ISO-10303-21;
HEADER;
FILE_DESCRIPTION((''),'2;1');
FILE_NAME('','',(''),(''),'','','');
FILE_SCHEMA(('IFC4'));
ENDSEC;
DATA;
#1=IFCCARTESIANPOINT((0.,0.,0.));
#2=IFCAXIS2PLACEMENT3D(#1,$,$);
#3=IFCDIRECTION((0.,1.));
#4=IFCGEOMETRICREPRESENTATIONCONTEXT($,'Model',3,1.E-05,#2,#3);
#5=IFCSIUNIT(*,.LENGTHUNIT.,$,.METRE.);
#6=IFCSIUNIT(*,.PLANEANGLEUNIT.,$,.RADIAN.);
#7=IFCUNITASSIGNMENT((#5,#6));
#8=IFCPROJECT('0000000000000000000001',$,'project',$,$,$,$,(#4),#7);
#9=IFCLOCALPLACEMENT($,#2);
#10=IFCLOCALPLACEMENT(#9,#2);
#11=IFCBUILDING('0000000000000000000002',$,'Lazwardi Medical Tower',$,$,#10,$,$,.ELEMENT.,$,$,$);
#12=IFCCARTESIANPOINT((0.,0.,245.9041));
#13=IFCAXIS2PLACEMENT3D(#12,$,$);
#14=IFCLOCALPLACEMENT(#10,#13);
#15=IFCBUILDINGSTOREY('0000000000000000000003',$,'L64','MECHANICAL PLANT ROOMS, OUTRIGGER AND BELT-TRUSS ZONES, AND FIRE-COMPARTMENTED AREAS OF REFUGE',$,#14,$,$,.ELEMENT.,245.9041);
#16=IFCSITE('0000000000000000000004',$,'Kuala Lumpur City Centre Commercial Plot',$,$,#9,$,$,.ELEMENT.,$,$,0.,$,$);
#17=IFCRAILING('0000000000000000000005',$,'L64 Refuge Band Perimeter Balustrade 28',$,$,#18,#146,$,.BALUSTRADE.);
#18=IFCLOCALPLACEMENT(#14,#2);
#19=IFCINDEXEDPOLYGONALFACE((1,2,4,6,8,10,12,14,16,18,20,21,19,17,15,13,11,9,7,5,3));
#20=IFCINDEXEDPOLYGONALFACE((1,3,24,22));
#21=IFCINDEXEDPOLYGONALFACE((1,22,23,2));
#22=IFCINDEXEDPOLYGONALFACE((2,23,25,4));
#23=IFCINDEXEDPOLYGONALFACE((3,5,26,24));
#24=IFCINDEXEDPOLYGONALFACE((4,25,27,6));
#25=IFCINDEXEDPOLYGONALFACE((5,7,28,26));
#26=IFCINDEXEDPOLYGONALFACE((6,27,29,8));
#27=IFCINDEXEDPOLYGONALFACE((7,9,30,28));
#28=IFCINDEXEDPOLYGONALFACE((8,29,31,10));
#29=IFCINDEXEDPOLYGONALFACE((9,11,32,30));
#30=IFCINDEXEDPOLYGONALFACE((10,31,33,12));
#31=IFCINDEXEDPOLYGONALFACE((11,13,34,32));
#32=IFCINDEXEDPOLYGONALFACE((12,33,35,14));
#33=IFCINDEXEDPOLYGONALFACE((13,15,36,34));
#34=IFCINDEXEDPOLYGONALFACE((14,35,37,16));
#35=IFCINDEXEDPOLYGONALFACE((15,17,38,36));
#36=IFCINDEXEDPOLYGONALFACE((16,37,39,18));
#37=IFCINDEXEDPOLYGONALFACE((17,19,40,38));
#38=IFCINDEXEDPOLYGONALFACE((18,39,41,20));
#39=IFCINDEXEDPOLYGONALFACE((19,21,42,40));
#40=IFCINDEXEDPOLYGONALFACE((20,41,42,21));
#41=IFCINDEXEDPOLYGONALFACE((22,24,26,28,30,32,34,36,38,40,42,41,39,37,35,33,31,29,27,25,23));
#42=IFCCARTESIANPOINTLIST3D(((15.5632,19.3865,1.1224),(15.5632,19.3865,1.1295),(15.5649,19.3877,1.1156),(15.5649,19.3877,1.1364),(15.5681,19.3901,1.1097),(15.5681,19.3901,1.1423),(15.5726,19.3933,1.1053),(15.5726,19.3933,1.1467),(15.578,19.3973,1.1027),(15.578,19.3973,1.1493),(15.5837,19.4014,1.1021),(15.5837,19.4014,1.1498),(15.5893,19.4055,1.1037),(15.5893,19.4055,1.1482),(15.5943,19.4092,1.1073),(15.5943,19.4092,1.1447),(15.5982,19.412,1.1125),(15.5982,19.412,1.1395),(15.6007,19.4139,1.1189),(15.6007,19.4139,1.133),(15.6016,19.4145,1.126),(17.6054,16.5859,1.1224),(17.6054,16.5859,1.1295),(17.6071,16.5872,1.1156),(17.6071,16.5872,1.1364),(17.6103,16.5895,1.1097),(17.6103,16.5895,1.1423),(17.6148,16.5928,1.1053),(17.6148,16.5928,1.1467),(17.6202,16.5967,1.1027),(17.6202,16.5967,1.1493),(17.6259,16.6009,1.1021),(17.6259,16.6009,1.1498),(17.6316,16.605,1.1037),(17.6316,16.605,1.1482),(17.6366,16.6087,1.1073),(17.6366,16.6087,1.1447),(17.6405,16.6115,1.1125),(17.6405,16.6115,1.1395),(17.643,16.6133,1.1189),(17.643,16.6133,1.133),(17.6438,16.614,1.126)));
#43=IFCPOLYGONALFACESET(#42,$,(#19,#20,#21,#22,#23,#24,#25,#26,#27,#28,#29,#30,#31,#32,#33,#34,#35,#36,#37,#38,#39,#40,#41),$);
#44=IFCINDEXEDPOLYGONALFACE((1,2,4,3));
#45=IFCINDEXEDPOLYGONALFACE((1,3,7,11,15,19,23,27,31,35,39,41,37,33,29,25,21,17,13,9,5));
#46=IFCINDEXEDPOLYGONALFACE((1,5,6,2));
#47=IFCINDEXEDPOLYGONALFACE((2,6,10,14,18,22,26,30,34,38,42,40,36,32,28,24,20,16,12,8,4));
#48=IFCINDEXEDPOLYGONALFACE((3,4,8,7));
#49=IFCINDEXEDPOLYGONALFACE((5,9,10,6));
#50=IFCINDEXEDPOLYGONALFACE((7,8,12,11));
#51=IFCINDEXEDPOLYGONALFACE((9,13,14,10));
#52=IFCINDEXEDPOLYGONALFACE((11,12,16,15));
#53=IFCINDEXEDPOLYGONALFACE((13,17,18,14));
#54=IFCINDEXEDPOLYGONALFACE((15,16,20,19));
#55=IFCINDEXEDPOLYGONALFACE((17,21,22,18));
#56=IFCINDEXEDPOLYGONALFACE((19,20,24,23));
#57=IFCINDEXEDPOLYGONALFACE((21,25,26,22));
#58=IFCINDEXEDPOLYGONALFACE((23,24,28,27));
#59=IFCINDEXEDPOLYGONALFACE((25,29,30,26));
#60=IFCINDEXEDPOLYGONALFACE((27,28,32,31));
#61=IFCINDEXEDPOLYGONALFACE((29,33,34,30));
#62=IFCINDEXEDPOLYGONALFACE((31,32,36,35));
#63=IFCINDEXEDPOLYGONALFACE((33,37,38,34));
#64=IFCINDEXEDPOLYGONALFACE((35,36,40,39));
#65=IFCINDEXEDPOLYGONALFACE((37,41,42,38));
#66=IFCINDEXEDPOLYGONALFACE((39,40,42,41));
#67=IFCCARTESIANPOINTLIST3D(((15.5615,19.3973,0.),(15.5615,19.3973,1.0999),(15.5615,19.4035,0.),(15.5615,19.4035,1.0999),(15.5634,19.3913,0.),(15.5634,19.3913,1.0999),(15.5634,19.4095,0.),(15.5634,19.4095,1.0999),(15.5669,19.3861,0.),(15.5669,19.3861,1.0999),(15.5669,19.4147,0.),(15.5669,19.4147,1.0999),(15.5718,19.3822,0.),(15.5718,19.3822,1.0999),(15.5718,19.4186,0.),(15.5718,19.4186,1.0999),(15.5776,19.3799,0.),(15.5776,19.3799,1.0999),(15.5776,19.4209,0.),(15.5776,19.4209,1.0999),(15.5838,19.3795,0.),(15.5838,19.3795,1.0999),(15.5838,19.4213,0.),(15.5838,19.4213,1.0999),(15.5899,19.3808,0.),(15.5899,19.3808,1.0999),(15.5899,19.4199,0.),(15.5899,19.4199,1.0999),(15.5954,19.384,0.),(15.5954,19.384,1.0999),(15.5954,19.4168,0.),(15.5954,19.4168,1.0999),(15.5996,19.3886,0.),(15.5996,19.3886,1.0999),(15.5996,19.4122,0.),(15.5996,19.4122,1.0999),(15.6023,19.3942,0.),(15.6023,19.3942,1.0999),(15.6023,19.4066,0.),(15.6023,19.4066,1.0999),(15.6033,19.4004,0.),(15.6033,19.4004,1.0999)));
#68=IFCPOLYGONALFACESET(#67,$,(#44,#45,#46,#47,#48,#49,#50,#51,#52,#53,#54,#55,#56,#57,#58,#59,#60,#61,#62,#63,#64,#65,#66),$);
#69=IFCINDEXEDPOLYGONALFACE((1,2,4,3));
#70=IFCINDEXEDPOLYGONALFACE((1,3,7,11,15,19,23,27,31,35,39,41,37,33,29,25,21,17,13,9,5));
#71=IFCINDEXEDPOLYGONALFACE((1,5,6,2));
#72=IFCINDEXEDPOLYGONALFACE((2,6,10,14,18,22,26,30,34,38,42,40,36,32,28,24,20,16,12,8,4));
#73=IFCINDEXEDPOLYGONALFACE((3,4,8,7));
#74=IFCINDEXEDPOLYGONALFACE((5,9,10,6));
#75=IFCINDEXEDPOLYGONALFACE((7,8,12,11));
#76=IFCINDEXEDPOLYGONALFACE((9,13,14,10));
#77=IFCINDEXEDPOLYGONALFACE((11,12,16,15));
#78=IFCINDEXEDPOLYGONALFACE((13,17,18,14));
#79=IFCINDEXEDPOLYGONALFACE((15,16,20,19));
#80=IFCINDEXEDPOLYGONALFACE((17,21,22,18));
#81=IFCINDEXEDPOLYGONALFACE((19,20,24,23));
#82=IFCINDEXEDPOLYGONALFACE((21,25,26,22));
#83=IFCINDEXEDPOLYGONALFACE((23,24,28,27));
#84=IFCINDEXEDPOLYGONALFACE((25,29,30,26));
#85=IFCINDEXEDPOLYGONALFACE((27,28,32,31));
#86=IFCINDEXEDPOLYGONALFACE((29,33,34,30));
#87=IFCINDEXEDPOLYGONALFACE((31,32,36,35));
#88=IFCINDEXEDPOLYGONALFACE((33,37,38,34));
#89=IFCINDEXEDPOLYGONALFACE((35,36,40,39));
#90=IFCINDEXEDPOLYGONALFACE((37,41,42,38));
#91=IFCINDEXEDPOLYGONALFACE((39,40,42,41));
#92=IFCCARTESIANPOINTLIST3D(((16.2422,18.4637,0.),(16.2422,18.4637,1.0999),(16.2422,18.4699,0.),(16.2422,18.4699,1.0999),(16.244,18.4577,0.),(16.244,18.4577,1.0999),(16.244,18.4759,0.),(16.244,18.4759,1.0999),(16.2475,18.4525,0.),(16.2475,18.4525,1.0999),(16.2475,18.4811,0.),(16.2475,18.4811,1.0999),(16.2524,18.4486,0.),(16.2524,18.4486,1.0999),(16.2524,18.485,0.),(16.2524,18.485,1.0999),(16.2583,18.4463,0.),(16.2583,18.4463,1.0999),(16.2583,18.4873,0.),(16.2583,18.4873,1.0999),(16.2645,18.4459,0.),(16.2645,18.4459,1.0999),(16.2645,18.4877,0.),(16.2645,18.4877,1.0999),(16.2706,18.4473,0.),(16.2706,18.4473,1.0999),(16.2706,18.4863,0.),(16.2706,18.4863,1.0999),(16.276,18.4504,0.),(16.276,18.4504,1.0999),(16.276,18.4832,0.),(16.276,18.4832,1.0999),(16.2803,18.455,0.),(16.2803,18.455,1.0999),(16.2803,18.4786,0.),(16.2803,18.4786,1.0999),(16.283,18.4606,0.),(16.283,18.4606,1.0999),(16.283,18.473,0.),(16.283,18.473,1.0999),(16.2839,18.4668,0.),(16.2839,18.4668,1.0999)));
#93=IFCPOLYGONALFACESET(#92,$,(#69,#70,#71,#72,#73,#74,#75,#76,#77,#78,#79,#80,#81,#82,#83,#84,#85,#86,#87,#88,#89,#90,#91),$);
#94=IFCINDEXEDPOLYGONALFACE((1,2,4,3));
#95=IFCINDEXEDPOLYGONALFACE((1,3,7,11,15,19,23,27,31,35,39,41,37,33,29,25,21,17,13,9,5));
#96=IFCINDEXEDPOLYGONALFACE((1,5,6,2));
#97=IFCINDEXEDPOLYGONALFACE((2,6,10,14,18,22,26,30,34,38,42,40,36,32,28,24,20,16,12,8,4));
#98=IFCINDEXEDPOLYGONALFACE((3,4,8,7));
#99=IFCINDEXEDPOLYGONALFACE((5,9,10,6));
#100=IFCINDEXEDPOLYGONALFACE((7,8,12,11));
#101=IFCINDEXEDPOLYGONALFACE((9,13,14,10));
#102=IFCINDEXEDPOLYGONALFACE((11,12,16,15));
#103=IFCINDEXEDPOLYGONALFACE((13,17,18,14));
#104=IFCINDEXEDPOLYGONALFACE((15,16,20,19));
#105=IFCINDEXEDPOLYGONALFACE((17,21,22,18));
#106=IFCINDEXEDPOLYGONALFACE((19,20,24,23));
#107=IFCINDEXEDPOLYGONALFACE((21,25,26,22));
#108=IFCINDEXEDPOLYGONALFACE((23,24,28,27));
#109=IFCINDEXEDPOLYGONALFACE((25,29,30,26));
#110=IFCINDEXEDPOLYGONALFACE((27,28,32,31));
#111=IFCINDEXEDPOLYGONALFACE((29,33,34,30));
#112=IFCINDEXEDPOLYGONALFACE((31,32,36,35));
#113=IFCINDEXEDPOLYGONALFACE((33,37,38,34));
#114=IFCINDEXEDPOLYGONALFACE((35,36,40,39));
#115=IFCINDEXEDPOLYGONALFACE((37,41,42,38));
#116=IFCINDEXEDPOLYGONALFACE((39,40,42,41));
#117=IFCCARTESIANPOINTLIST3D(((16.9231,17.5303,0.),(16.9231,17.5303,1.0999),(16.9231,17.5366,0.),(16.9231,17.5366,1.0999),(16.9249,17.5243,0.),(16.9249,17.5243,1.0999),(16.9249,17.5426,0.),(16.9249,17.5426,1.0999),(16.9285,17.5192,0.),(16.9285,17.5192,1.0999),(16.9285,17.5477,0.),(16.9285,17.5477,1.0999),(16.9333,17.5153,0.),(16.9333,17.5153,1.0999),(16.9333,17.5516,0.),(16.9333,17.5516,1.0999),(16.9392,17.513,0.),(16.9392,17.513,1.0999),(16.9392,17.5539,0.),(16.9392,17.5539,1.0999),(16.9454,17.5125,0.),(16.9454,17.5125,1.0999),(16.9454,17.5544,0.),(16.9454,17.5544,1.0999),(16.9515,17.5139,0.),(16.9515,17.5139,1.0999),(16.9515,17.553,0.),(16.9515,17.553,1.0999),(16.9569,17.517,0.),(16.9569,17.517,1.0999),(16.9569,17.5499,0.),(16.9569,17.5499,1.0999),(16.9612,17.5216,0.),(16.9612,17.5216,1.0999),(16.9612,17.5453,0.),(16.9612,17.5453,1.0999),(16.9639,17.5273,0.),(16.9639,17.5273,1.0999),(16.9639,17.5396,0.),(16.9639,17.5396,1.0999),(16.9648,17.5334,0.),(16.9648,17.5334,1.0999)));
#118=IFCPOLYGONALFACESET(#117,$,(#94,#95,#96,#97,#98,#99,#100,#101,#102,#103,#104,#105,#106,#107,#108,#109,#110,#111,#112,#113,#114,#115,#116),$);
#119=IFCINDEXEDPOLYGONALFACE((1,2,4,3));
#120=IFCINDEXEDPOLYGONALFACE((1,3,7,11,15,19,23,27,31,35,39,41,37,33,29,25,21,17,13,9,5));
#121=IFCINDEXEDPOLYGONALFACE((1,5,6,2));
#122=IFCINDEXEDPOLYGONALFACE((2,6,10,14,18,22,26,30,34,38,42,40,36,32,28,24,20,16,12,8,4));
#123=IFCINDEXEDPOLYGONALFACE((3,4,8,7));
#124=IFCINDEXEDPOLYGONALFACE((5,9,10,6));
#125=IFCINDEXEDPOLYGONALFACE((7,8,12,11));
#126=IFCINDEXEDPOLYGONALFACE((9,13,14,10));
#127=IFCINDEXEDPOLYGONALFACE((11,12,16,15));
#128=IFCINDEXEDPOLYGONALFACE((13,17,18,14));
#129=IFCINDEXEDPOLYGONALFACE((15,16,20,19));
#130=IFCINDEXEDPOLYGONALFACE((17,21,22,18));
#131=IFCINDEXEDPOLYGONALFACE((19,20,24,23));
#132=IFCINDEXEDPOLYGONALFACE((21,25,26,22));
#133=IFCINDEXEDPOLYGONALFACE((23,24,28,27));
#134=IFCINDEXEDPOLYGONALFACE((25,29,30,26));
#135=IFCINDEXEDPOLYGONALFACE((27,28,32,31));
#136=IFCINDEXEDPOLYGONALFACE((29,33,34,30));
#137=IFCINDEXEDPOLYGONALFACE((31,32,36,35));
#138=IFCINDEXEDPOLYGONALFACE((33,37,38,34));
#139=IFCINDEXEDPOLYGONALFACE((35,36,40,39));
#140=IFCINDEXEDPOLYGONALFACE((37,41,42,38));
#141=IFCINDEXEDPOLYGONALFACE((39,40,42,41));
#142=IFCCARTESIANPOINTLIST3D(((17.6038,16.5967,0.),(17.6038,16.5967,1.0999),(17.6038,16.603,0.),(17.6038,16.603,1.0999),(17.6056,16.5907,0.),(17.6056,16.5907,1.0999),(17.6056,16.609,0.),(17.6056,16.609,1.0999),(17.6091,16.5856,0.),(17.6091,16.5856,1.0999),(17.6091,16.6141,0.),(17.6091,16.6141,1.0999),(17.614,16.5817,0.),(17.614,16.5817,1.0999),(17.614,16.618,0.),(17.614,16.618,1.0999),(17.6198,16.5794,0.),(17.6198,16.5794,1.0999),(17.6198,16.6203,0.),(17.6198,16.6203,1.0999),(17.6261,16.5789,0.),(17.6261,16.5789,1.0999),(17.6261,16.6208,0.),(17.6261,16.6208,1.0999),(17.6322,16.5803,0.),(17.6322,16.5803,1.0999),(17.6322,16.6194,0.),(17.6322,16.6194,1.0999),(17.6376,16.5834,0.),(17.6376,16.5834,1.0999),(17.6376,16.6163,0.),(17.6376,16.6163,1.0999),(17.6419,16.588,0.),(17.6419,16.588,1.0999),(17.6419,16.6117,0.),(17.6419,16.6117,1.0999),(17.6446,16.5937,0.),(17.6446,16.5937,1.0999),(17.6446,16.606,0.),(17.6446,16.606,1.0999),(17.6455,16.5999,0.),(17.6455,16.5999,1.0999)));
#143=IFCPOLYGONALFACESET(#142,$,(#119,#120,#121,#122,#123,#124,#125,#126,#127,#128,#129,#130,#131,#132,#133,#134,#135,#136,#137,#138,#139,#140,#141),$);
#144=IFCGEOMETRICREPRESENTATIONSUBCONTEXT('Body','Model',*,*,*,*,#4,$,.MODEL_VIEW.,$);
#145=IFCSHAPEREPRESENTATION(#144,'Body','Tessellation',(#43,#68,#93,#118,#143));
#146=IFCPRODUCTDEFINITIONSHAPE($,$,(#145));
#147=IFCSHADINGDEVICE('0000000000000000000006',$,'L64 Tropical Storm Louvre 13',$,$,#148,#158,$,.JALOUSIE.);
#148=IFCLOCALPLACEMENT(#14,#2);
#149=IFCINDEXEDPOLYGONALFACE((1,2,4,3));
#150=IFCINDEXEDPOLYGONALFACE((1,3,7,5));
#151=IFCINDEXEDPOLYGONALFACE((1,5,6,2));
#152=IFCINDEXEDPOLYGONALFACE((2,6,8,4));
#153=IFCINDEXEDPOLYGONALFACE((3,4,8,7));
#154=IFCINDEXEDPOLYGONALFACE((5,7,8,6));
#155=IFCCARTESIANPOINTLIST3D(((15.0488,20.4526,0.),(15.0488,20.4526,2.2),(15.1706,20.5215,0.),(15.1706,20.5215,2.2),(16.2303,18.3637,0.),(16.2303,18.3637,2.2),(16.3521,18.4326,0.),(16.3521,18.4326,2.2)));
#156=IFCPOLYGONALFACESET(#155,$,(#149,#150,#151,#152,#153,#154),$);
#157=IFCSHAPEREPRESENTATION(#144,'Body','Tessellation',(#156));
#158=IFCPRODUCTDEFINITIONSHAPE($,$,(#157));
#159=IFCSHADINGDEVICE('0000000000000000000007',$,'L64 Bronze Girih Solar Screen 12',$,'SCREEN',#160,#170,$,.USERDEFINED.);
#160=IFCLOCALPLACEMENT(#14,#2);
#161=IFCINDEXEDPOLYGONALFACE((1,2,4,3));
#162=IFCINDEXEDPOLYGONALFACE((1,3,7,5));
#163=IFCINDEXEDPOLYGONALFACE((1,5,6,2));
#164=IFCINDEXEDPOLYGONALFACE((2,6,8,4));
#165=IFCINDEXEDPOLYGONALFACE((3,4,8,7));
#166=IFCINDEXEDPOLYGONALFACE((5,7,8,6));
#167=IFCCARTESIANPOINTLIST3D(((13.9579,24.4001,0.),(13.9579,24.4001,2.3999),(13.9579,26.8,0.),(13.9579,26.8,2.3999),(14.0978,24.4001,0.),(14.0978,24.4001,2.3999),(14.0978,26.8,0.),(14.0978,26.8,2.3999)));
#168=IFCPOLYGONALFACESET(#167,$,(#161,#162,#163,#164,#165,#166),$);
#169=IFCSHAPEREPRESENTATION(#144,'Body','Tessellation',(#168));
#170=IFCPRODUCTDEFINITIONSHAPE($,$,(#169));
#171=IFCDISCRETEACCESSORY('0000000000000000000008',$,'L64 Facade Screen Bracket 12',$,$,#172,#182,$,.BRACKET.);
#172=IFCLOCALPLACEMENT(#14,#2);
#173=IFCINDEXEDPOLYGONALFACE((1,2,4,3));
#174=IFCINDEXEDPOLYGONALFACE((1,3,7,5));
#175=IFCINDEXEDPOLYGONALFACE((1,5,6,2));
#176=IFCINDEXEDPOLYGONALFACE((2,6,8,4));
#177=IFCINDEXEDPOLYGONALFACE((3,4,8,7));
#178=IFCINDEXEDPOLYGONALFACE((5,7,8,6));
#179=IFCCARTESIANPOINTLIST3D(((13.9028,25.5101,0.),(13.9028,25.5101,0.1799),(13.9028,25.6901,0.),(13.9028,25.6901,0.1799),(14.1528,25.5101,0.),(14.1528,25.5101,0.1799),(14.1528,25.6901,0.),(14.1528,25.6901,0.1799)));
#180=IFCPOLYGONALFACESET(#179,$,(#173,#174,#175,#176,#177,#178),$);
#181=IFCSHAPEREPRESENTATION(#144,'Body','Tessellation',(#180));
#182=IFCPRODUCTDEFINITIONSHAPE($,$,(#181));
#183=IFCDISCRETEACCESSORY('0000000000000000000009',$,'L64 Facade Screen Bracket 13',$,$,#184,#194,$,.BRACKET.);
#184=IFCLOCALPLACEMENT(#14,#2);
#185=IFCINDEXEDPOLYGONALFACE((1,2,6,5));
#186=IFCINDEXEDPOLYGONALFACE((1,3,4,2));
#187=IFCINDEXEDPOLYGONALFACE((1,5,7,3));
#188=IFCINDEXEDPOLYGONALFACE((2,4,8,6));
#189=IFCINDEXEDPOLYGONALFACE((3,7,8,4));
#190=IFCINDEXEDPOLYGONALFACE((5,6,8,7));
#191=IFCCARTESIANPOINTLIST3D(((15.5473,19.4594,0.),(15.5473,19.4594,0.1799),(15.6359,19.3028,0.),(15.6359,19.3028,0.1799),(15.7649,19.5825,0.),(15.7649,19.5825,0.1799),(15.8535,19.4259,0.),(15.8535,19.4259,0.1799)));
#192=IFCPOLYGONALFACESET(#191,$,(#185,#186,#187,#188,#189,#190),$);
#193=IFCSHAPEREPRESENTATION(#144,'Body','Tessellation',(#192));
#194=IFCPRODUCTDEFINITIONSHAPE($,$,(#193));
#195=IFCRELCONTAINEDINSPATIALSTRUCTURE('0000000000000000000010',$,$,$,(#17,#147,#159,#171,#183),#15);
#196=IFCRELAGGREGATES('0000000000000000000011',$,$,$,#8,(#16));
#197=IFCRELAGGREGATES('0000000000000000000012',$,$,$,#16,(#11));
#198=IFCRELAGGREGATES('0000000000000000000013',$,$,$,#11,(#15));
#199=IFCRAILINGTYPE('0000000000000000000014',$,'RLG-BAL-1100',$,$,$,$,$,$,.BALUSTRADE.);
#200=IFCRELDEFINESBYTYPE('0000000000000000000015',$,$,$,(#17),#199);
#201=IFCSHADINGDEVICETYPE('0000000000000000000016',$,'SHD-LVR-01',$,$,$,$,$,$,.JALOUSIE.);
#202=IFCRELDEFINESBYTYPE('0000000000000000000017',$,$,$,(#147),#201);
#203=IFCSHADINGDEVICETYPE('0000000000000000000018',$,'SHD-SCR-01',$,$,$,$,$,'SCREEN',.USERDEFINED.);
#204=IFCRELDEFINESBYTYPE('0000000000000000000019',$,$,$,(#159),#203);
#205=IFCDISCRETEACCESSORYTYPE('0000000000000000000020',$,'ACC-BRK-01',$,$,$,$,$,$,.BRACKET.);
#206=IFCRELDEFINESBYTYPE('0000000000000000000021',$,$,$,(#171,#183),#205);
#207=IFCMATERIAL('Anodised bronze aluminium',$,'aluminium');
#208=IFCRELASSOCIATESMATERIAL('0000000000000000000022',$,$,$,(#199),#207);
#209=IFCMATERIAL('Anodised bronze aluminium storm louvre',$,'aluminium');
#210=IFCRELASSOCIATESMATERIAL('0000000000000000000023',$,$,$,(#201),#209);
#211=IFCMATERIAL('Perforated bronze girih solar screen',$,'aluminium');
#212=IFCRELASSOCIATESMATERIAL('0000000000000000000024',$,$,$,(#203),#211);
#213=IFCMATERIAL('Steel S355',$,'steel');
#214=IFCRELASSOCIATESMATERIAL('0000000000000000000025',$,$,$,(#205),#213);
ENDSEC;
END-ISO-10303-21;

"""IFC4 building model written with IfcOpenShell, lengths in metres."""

from ifc_helpers import new_model, si_unit, direction, frame, origin, origin_2d, place, context, subcontext, project, spatial, rectangle, circle, extrude, material, type_object, element, save


model = new_model("IFC4")

# Units and contexts
model_context = context("Model", 3, precision=1e-05, world=origin(), true_north=direction((0.0, 1.0)))
body_context = subcontext(model_context, "Body", "Model", "MODEL_VIEW")
ifc_project = project(units=[si_unit("LENGTHUNIT", "METRE"), si_unit("PLANEANGLEUNIT", "RADIAN")], contexts=[model_context])

# Site, building, storey
site_placement = place(None, origin())
site = spatial("IfcSite", under=ifc_project, at=site_placement, Name="Kuala Lumpur City Centre Commercial Plot", CompositionType="ELEMENT", RefElevation=0.0)
building_placement = place(site_placement, origin())
building = spatial("IfcBuilding", under=site, at=building_placement, Name="Lazwardi Medical Tower", CompositionType="ELEMENT")
storey_placement = place(building_placement, frame((0.0, 0.0, 245.9041)))
storey = spatial("IfcBuildingStorey", under=building, at=storey_placement, Name="L64", Description="MECHANICAL PLANT ROOMS, OUTRIGGER AND BELT-TRUSS ZONES, AND FIRE-COMPARTMENTED AREAS OF REFUGE", CompositionType="ELEMENT", Elevation=245.9041)

# Shared definitions
ifc_material_1 = material(Name="Steel S355", Category="steel")

# Railing
ifc_material_2 = material(Name="Anodised bronze aluminium", Category="aluminium")
railing_type = type_object("IfcRailingType", Name="RLG-BAL-1100", PredefinedType="BALUSTRADE", material=ifc_material_2)
railing_1_placement = place(storey_placement, frame((15.5823, 19.4004, 0.0)))
element("IfcRailing", 1, at=railing_1_placement, inside=storey, type_object=railing_type, Name="L64 Refuge Band Perimeter Balustrade 28", PredefinedType="BALUSTRADE", context=body_context, shape_type="SweptSolid", body=[
    extrude(circle(Radius=0.0239, at=origin_2d()), frame((0.0, 0.0, 1.126), z_axis=(0.589206, -0.807983, 0.0), x_axis=(0.807983, 0.589206, 0.0)), (0.0, 0.0, 1.0), 3.4661),
    extrude(circle(Radius=0.021, at=origin_2d()), origin(), (0.0, 0.0, 1.0), 1.0999),
    extrude(circle(Radius=0.021, at=origin_2d()), frame((0.6807, -0.9336, 0.0)), (0.0, 0.0, 1.0), 1.0999),
    extrude(circle(Radius=0.021, at=origin_2d()), frame((1.3616, -1.8669, 0.0)), (0.0, 0.0, 1.0), 1.0999),
    extrude(circle(Radius=0.021, at=origin_2d()), frame((2.0422, -2.8005, 0.0)), (0.0, 0.0, 1.0), 1.0999),
])

# Shading devices
ifc_material_3 = material(Name="Anodised bronze aluminium storm louvre", Category="aluminium")
shading_device_type_1 = type_object("IfcShadingDeviceType", Name="SHD-LVR-01", PredefinedType="JALOUSIE", material=ifc_material_3)
shading_device_1_placement = place(storey_placement, frame((15.7004, 19.4426, 0.0), z_axis=(0.0, 0.0, 1.0), x_axis=(0.492325, -0.870412, 0.0)))
element("IfcShadingDevice", 2, at=shading_device_1_placement, inside=storey, type_object=shading_device_type_1, Name="L64 Tropical Storm Louvre 13", PredefinedType="JALOUSIE", context=body_context, shape_type="SweptSolid", body=[
    extrude(rectangle(XDim=2.3999, YDim=0.1399, at=origin_2d()), origin(), (0.0, 0.0, 1.0), 2.2),
])
ifc_material_4 = material(Name="Perforated bronze girih solar screen", Category="aluminium")
shading_device_type_2 = type_object("IfcShadingDeviceType", Name="SHD-SCR-01", ElementType="SCREEN", PredefinedType="USERDEFINED", material=ifc_material_4)
shading_device_2_placement = place(storey_placement, frame((14.0278, 25.6001, 0.0), z_axis=(0.0, 0.0, 1.0), x_axis=(0.0, -1.0, 0.0)))
element("IfcShadingDevice", 3, at=shading_device_2_placement, inside=storey, type_object=shading_device_type_2, Name="L64 Bronze Girih Solar Screen 12", ObjectType="SCREEN", PredefinedType="USERDEFINED", context=body_context, shape_type="SweptSolid", body=[
    extrude(rectangle(XDim=2.3999, YDim=0.1399, at=origin_2d()), origin(), (0.0, 0.0, 1.0), 2.3999),
])

# Discrete accessories
discrete_accessory_type = type_object("IfcDiscreteAccessoryType", Name="ACC-BRK-01", PredefinedType="BRACKET", material=ifc_material_1)
for number, where, z_axis, x_axis, name in (
    (4, (14.0278, 25.6001, 0.0), (0.0, 0.0, 1.0), (0.0, -1.0, 0.0), "L64 Facade Screen Bracket 12"),
    (5, (15.7004, 19.4426, 0.0), (0.0, 0.0, 1.0), (0.492325, -0.870412, 0.0), "L64 Facade Screen Bracket 13"),
):
    element("IfcDiscreteAccessory", number, at=place(storey_placement, frame(where, z_axis=z_axis, x_axis=x_axis)), inside=storey, type_object=discrete_accessory_type, Name=name, PredefinedType="BRACKET", context=body_context, shape_type="SweptSolid", body=[
        extrude(rectangle(XDim=0.1799, YDim=0.25, at=origin_2d()), origin(), (0.0, 0.0, 1.0), 0.1799),
    ])

save(model, "model.ifc")
